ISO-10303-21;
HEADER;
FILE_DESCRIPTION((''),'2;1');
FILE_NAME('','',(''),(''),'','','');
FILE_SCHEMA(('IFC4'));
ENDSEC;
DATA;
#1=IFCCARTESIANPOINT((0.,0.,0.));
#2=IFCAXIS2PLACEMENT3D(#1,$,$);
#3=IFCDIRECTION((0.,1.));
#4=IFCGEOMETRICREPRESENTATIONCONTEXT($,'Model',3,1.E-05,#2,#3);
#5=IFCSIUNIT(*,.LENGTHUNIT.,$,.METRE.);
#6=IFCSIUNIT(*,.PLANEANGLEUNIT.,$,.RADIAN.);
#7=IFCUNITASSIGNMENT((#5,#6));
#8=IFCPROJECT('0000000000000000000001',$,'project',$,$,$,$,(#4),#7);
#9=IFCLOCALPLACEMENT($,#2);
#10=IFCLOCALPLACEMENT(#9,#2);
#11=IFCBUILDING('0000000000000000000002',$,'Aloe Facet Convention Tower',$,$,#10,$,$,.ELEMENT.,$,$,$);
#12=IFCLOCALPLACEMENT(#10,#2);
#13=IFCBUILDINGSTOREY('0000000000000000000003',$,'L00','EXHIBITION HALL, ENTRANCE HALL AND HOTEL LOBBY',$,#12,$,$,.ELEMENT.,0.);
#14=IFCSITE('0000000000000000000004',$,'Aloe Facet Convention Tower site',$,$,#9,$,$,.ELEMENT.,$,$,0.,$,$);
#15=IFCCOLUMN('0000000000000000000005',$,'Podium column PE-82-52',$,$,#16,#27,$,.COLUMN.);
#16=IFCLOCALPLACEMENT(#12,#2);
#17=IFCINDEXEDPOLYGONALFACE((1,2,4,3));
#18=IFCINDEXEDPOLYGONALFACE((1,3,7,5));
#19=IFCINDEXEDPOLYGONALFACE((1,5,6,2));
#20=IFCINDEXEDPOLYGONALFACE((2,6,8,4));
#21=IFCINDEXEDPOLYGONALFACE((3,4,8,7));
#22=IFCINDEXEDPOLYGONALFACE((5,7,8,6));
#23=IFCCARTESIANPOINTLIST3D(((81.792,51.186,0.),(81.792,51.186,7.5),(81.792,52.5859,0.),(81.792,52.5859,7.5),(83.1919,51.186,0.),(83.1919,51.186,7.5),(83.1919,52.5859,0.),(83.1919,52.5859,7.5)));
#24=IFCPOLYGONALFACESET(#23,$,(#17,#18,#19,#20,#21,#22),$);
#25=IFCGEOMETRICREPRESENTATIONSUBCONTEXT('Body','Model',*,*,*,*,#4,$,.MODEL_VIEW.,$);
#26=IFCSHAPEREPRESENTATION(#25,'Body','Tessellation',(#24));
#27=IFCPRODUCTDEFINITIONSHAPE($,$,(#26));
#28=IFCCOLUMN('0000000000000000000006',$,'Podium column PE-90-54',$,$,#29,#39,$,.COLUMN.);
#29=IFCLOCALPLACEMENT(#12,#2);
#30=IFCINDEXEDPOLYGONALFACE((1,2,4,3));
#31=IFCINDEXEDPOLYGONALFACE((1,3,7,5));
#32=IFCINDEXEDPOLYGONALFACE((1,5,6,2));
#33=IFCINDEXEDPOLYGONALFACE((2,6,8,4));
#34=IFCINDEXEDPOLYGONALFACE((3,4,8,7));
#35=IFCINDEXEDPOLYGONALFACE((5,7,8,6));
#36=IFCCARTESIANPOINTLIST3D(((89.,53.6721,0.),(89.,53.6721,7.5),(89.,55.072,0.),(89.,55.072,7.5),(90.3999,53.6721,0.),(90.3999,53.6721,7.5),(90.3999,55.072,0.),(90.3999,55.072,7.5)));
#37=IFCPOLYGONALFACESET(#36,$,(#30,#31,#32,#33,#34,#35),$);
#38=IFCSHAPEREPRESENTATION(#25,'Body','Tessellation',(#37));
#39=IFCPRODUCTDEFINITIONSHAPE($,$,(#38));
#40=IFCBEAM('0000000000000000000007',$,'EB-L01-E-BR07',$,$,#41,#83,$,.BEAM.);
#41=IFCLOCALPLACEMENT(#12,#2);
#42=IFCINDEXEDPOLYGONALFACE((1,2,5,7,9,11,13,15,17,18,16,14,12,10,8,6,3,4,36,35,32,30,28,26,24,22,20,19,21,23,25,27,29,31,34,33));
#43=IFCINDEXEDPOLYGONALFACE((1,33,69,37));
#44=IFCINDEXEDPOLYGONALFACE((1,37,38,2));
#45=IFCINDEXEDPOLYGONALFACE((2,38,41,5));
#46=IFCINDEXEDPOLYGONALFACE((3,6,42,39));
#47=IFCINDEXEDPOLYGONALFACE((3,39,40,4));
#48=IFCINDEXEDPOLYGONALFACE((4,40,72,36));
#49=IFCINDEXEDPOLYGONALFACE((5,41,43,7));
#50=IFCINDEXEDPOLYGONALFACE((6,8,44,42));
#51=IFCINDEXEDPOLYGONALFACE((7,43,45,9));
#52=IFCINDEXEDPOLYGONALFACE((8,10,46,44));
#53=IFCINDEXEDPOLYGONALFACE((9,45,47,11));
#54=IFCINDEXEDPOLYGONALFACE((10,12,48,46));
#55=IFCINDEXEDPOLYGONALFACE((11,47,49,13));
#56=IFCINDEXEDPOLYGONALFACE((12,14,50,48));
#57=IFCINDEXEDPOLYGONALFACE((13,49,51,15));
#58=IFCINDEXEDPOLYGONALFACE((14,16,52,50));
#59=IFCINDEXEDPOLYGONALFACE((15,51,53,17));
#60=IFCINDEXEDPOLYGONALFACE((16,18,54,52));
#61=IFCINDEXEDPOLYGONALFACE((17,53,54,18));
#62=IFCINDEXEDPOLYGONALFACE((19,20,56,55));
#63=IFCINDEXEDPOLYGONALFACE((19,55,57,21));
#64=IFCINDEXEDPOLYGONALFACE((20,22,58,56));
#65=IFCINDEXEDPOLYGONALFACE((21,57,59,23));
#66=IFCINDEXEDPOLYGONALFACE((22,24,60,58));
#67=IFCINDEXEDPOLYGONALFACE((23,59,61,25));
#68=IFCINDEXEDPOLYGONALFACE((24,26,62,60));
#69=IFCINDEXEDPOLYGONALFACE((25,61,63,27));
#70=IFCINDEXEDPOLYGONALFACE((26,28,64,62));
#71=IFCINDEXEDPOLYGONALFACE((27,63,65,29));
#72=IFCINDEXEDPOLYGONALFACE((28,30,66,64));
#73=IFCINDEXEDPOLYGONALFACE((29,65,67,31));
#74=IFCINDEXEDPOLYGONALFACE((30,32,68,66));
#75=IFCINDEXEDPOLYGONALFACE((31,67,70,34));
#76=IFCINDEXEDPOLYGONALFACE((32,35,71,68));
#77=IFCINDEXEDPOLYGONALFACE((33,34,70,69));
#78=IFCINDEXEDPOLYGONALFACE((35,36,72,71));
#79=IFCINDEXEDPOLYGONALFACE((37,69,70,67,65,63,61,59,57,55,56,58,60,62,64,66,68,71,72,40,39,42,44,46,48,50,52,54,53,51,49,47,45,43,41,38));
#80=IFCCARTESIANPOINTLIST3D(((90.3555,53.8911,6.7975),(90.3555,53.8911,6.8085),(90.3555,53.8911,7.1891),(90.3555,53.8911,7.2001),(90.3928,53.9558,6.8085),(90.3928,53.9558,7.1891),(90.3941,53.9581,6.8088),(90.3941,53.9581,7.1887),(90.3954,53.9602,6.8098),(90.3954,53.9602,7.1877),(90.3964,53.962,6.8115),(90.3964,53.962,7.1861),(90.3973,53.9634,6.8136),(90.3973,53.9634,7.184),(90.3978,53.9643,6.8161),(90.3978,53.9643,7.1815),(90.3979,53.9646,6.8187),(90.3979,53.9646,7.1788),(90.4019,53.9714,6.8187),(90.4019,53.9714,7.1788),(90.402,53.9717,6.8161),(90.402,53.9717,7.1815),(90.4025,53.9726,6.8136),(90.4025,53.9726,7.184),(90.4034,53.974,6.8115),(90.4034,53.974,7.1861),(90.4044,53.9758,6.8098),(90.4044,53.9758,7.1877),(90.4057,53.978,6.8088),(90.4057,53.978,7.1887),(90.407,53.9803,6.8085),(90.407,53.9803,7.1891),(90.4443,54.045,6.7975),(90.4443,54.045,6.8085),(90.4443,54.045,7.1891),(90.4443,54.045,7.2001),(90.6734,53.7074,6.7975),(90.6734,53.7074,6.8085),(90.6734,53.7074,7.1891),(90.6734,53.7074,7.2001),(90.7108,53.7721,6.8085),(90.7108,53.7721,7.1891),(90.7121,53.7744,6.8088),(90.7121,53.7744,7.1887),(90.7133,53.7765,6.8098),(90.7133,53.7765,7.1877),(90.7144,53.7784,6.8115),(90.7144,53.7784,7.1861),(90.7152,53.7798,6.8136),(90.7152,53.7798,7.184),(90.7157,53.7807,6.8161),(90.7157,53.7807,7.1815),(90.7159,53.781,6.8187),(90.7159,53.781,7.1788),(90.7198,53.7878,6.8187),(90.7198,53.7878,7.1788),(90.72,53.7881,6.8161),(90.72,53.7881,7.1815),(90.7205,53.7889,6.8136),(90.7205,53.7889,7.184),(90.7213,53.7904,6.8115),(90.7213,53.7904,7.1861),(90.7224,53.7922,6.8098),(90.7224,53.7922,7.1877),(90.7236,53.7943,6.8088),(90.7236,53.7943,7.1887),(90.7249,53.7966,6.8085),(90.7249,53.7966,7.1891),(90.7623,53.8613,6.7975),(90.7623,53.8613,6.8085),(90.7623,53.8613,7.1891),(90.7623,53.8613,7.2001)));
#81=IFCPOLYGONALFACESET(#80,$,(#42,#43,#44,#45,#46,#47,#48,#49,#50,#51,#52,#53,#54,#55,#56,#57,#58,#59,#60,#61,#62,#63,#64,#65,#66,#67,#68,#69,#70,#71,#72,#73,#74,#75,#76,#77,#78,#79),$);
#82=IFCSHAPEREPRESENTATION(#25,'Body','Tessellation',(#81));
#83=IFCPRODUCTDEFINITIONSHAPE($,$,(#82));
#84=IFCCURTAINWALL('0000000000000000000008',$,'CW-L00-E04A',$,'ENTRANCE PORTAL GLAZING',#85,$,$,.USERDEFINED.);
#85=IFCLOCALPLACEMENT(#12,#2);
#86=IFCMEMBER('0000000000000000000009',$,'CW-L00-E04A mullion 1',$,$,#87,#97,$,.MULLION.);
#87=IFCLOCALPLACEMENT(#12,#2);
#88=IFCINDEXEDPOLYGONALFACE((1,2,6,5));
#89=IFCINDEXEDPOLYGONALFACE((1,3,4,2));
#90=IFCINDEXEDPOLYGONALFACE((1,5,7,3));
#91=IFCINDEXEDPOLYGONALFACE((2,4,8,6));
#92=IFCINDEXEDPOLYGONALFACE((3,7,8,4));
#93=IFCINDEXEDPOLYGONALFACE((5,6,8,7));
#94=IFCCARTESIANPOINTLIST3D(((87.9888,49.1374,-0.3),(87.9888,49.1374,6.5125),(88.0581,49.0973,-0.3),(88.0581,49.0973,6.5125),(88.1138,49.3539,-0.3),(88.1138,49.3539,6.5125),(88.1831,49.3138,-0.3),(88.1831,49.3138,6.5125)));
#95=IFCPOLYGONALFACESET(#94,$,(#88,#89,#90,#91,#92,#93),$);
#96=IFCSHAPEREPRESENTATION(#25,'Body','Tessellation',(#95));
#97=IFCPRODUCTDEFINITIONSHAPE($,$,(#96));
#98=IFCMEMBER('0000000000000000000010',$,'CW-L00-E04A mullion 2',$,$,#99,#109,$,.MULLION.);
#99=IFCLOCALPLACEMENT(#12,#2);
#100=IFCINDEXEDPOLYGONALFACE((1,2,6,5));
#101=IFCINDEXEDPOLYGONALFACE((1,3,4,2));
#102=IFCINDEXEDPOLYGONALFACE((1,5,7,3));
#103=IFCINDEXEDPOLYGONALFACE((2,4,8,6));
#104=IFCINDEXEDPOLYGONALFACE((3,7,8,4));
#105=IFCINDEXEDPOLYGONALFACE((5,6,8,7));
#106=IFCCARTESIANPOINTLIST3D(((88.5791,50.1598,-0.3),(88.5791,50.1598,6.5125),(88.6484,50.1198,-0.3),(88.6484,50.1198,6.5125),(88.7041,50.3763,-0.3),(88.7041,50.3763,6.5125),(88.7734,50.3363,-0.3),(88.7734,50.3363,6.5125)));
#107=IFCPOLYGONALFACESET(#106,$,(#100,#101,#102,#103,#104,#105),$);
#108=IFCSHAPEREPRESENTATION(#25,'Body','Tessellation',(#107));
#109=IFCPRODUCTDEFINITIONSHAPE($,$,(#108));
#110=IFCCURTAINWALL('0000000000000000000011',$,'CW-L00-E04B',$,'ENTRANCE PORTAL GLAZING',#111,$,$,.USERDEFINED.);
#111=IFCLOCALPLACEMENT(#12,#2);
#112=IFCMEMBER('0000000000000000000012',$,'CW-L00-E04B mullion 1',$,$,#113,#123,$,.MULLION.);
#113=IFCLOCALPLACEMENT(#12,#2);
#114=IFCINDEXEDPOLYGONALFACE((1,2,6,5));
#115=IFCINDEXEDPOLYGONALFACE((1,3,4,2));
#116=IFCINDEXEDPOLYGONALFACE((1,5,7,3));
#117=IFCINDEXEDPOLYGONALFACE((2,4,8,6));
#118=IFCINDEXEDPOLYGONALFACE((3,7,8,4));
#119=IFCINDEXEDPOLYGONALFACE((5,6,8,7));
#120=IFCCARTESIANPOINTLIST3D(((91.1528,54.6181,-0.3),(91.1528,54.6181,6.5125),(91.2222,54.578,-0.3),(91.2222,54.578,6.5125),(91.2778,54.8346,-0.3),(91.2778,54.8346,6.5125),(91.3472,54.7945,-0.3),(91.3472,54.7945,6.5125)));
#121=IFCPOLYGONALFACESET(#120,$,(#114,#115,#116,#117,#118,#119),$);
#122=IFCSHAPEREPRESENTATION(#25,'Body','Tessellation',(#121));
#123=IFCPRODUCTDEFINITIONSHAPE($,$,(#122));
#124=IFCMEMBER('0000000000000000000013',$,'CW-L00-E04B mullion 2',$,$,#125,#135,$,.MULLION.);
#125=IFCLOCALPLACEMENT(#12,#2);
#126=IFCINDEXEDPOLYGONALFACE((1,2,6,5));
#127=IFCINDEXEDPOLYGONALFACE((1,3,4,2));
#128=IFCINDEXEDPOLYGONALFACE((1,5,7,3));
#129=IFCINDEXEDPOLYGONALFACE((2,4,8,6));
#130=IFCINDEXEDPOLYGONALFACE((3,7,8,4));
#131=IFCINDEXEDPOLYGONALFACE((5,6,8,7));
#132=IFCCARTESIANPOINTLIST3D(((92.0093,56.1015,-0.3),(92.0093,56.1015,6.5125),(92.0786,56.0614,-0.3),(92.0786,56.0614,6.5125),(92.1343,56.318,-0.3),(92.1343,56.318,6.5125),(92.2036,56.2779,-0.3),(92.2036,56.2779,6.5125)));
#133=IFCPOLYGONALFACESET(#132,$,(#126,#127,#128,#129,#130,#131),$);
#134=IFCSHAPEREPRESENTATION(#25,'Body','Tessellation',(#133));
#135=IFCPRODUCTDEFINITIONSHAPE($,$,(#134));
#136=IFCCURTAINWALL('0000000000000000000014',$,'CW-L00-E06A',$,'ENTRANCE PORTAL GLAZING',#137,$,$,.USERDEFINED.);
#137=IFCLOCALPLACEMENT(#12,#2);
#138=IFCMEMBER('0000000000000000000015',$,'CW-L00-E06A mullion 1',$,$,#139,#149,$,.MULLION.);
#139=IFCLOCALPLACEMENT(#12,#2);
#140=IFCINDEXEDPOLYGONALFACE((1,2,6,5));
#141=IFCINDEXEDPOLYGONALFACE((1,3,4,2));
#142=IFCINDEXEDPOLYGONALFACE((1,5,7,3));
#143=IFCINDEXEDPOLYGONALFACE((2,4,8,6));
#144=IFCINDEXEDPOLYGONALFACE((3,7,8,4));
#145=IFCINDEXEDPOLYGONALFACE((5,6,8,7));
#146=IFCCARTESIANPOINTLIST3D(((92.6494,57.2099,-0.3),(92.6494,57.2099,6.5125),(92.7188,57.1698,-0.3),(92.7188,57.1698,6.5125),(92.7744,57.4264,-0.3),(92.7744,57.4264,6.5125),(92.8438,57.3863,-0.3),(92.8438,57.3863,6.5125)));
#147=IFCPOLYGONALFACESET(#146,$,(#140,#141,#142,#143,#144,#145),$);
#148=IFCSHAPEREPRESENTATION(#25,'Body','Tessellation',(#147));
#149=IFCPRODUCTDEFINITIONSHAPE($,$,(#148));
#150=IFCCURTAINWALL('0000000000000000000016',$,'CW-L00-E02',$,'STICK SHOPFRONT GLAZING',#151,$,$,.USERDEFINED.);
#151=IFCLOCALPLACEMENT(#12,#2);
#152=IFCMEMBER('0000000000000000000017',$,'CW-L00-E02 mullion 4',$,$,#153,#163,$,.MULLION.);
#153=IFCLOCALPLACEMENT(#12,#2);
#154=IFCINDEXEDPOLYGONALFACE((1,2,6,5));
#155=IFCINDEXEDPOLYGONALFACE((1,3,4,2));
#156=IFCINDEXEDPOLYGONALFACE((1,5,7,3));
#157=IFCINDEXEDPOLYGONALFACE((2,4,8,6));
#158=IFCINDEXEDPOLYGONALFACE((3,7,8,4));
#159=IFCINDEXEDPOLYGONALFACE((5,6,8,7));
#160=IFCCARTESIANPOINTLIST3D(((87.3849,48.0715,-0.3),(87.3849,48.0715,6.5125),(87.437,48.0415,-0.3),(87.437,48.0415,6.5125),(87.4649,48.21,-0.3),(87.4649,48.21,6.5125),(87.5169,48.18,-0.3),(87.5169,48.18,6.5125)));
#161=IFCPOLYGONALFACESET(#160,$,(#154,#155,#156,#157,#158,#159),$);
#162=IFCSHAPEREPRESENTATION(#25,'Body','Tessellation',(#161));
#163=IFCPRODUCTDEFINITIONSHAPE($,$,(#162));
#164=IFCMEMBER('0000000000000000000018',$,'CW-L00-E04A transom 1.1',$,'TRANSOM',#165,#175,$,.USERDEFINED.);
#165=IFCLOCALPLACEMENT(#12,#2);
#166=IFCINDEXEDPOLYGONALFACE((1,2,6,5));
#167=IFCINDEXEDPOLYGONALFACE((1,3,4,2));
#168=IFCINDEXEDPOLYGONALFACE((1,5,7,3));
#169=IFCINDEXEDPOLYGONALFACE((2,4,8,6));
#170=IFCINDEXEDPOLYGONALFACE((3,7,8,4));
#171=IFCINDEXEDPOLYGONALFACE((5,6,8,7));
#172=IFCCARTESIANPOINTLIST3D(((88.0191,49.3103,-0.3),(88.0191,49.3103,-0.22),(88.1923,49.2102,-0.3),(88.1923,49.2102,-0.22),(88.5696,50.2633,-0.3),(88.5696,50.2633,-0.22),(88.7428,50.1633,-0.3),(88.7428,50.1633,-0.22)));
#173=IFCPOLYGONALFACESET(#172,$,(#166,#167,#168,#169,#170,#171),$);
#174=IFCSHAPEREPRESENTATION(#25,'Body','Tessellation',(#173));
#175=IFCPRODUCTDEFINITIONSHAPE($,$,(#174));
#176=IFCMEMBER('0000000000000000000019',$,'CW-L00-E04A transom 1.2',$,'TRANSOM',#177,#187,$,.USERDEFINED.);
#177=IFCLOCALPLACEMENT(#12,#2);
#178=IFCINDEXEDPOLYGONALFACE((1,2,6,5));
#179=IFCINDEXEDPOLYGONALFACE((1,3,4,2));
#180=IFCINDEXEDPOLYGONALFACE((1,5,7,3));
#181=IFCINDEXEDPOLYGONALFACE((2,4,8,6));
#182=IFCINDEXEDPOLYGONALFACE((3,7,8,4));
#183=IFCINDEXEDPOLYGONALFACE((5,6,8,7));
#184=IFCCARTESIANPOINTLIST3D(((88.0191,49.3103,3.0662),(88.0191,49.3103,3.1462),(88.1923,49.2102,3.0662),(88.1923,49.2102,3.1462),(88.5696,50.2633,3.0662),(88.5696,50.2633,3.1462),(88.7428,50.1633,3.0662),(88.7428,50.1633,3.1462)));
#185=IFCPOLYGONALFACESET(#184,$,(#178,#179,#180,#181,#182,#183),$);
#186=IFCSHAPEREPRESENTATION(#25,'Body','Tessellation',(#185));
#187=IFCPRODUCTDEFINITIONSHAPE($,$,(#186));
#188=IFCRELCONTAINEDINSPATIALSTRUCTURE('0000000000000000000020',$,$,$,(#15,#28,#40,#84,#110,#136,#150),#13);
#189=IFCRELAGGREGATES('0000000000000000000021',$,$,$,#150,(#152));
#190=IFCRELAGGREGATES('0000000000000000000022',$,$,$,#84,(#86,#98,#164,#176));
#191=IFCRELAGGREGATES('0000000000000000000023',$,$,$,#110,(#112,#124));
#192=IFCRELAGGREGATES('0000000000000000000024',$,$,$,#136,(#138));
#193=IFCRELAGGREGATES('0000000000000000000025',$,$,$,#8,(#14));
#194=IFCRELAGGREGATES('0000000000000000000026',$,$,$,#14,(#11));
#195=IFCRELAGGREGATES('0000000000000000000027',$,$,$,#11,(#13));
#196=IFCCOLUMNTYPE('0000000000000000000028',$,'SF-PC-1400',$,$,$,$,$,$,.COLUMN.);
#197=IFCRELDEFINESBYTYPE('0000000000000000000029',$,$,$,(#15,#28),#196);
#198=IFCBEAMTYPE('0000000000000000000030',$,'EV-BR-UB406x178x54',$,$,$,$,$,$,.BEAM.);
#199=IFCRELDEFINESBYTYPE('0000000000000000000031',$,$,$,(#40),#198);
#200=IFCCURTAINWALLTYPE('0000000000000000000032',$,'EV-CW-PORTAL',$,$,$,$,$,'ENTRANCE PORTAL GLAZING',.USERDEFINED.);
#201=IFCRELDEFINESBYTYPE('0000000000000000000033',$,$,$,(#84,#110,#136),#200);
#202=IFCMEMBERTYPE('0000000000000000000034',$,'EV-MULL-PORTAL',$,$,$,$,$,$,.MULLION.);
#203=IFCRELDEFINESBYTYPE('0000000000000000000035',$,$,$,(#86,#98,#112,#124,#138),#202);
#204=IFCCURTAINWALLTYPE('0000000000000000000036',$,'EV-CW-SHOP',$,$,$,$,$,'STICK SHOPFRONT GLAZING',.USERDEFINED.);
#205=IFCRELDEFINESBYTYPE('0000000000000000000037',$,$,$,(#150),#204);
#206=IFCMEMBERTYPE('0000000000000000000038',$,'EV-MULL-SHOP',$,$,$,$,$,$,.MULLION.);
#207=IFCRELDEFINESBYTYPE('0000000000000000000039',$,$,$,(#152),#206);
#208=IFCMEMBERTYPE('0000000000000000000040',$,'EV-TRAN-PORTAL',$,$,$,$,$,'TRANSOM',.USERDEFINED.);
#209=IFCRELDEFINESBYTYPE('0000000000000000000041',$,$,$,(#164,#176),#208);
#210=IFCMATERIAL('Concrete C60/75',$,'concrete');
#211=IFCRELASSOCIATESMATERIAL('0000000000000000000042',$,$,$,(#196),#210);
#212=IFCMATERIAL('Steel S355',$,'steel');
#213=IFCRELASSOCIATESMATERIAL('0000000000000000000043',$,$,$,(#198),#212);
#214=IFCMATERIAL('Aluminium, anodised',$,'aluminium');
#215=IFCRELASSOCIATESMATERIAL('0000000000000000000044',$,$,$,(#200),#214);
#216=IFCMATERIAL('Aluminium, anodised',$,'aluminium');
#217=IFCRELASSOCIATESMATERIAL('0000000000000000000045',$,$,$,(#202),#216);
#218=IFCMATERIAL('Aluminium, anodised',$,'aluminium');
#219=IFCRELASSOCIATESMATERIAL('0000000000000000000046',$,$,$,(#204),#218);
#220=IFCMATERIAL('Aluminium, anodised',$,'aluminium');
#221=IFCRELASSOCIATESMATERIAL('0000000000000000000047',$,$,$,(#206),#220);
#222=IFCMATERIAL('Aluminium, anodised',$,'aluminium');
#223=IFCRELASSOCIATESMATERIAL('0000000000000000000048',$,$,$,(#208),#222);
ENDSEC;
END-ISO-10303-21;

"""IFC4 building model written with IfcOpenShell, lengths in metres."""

from ifc_helpers import new_model, si_unit, direction, frame, origin, origin_2d, place, context, subcontext, project, spatial, rectangle, i_section, extrude, material, material_profile, profile_set, type_object, element, aggregate, save


model = new_model("IFC4")

# Units and contexts
model_context = context("Model", 3, precision=1e-05, world=origin(), true_north=direction((0.0, 1.0)))
body_context = subcontext(model_context, "Body", "Model", "MODEL_VIEW")
ifc_project = project(units=[si_unit("LENGTHUNIT", "METRE"), si_unit("PLANEANGLEUNIT", "RADIAN")], contexts=[model_context])

# Site, building, storey
site_placement = place(None, origin())
site = spatial("IfcSite", under=ifc_project, at=site_placement, Name="Aloe Facet Convention Tower site", CompositionType="ELEMENT", RefElevation=0.0)
building_placement = place(site_placement, origin())
building = spatial("IfcBuilding", under=site, at=building_placement, Name="Aloe Facet Convention Tower", CompositionType="ELEMENT")
storey_placement = place(building_placement, origin())
storey = spatial("IfcBuildingStorey", under=building, at=storey_placement, Name="L00", Description="EXHIBITION HALL, ENTRANCE HALL AND HOTEL LOBBY", CompositionType="ELEMENT", Elevation=0.0)

# Columns
ifc_material_1 = material(Name="Concrete C60/75", Category="concrete")
ifc_material_profile_1 = material_profile(ifc_material_1, rectangle(XDim=1.3999, YDim=1.3999, at=origin_2d()), Name="SF-PC-1400")
ifc_profile_set_1 = profile_set([ifc_material_profile_1], Name="Concrete C60/75")
column_type = type_object("IfcColumnType", Name="SF-PC-1400", PredefinedType="COLUMN", material=ifc_profile_set_1)
for number, where, z_axis, x_axis, name in (
    (1, (82.4919, 51.886, 0.0), (0.0, 0.0, 1.0), (1.0, 0.0, 0.0), "Podium column PE-82-52"),
    (2, (89.7, 54.3721, 0.0), (0.0, 0.0, 1.0), (1.0, 0.0, 0.0), "Podium column PE-90-54"),
):
    element("IfcColumn", number, at=place(storey_placement, frame(where, z_axis=z_axis, x_axis=x_axis)), inside=storey, type_object=column_type, Name=name, PredefinedType="COLUMN", context=body_context, shape_type="SweptSolid", body=[
        extrude(rectangle(XDim=1.3999, YDim=1.3999, at=origin_2d()), origin(), (0.0, 0.0, 1.0), 7.5),
    ])

# Beam
ifc_material_2 = material(Name="Steel S355", Category="steel")
ifc_material_profile_2 = material_profile(ifc_material_2, i_section(OverallWidth=0.1777, OverallDepth=0.4026, WebThickness=0.0078, FlangeThickness=0.011, FilletRadius=0.0103, at=origin_2d()), Name="UB 406x178x54")
ifc_profile_set_2 = profile_set([ifc_material_profile_2], Name="Steel S355")
beam_type_1 = type_object("IfcBeamType", Name="EV-BR-UB406x178x54", PredefinedType="BEAM", material=ifc_profile_set_2)
beam_1_placement = place(storey_placement, frame((90.3999, 53.968, 6.9988), z_axis=(0.865942, -0.500145, 0.0), x_axis=(0.500145, 0.865942, 0.0)))
element("IfcBeam", 3, at=beam_1_placement, inside=storey, type_object=beam_type_1, Name="EB-L01-E-BR07", PredefinedType="BEAM", context=body_context, shape_type="SweptSolid", body=[
    extrude(i_section(OverallWidth=0.1777, OverallDepth=0.4026, WebThickness=0.0078, FlangeThickness=0.011, FilletRadius=0.0103, at=origin_2d()), origin(), (0.0, 0.0, 1.0), 0.3672),
])

# Curtain walls, members
ifc_material_3 = material(Name="Aluminium, anodised", Category="aluminium")
curtain_wall_type_1 = type_object("IfcCurtainWallType", Name="EV-CW-PORTAL", ElementType="ENTRANCE PORTAL GLAZING", PredefinedType="USERDEFINED", material=ifc_material_3)
curtain_wall_1_placement = place(storey_placement, origin())
curtain_wall_1 = element("IfcCurtainWall", 4, at=curtain_wall_1_placement, inside=storey, type_object=curtain_wall_type_1, Name="CW-L00-E04A", ObjectType="ENTRANCE PORTAL GLAZING", PredefinedType="USERDEFINED")
ifc_material_4 = material(Name="Aluminium, anodised", Category="aluminium")
ifc_material_profile_3 = material_profile(ifc_material_4, rectangle(XDim=0.0801, YDim=0.25, at=origin_2d()), Name="AL 80x250")
ifc_profile_set_3 = profile_set([ifc_material_profile_3], Name="Aluminium, anodised")
member_type_1 = type_object("IfcMemberType", Name="EV-MULL-PORTAL", PredefinedType="MULLION", material=ifc_profile_set_3)
member_1_placement = place(storey_placement, frame((88.0859, 49.2256, -0.3), z_axis=(0.0, 0.0, 1.0), x_axis=(-0.866025, 0.5, 0.0)))
member_1 = element("IfcMember", 5, at=member_1_placement, type_object=member_type_1, Name="CW-L00-E04A mullion 1", PredefinedType="MULLION", context=body_context, shape_type="SweptSolid", body=[
    extrude(rectangle(XDim=0.0801, YDim=0.25, at=origin_2d()), origin(), (0.0, 0.0, 1.0), 6.8125),
])
member_2_placement = place(storey_placement, frame((88.6763, 50.248, -0.3), z_axis=(0.0, 0.0, 1.0), x_axis=(-0.866025, 0.5, 0.0)))
member_2 = element("IfcMember", 6, at=member_2_placement, type_object=member_type_1, Name="CW-L00-E04A mullion 2", PredefinedType="MULLION", context=body_context, shape_type="SweptSolid", body=[
    extrude(rectangle(XDim=0.0801, YDim=0.25, at=origin_2d()), origin(), (0.0, 0.0, 1.0), 6.8125),
])
curtain_wall_2_placement = place(storey_placement, origin())
curtain_wall_2 = element("IfcCurtainWall", 7, at=curtain_wall_2_placement, inside=storey, type_object=curtain_wall_type_1, Name="CW-L00-E04B", ObjectType="ENTRANCE PORTAL GLAZING", PredefinedType="USERDEFINED")
member_3_placement = place(storey_placement, frame((91.25, 54.7063, -0.3), z_axis=(0.0, 0.0, 1.0), x_axis=(-0.866025, 0.5, 0.0)))
member_3 = element("IfcMember", 8, at=member_3_placement, type_object=member_type_1, Name="CW-L00-E04B mullion 1", PredefinedType="MULLION", context=body_context, shape_type="SweptSolid", body=[
    extrude(rectangle(XDim=0.0801, YDim=0.25, at=origin_2d()), origin(), (0.0, 0.0, 1.0), 6.8125),
])
member_4_placement = place(storey_placement, frame((92.1064, 56.1897, -0.3), z_axis=(0.0, 0.0, 1.0), x_axis=(-0.866025, 0.5, 0.0)))
member_4 = element("IfcMember", 9, at=member_4_placement, type_object=member_type_1, Name="CW-L00-E04B mullion 2", PredefinedType="MULLION", context=body_context, shape_type="SweptSolid", body=[
    extrude(rectangle(XDim=0.0801, YDim=0.25, at=origin_2d()), origin(), (0.0, 0.0, 1.0), 6.8125),
])

# Curtain walls, members
curtain_wall_3_placement = place(storey_placement, origin())
curtain_wall_3 = element("IfcCurtainWall", 10, at=curtain_wall_3_placement, inside=storey, type_object=curtain_wall_type_1, Name="CW-L00-E06A", ObjectType="ENTRANCE PORTAL GLAZING", PredefinedType="USERDEFINED")
member_5_placement = place(storey_placement, frame((92.7466, 57.2981, -0.3), z_axis=(0.0, 0.0, 1.0), x_axis=(-0.866025, 0.5, 0.0)))
member_5 = element("IfcMember", 11, at=member_5_placement, type_object=member_type_1, Name="CW-L00-E06A mullion 1", PredefinedType="MULLION", context=body_context, shape_type="SweptSolid", body=[
    extrude(rectangle(XDim=0.0801, YDim=0.25, at=origin_2d()), origin(), (0.0, 0.0, 1.0), 6.8125),
])
ifc_material_5 = material(Name="Aluminium, anodised", Category="aluminium")
curtain_wall_type_2 = type_object("IfcCurtainWallType", Name="EV-CW-SHOP", ElementType="STICK SHOPFRONT GLAZING", PredefinedType="USERDEFINED", material=ifc_material_5)
curtain_wall_4_placement = place(storey_placement, origin())
curtain_wall_4 = element("IfcCurtainWall", 12, at=curtain_wall_4_placement, inside=storey, type_object=curtain_wall_type_2, Name="CW-L00-E02", ObjectType="STICK SHOPFRONT GLAZING", PredefinedType="USERDEFINED")
ifc_material_6 = material(Name="Aluminium, anodised", Category="aluminium")
ifc_material_profile_4 = material_profile(ifc_material_6, rectangle(XDim=0.0601, YDim=0.1599, at=origin_2d()), Name="AL 60x160")
ifc_profile_set_4 = profile_set([ifc_material_profile_4], Name="Aluminium, anodised")
member_type_2 = type_object("IfcMemberType", Name="EV-MULL-SHOP", PredefinedType="MULLION", material=ifc_profile_set_4)
member_6_placement = place(storey_placement, frame((87.4509, 48.1257, -0.3), z_axis=(0.0, 0.0, 1.0), x_axis=(-0.866025, 0.5, 0.0)))
member_6 = element("IfcMember", 13, at=member_6_placement, type_object=member_type_2, Name="CW-L00-E02 mullion 4", PredefinedType="MULLION", context=body_context, shape_type="SweptSolid", body=[
    extrude(rectangle(XDim=0.0601, YDim=0.1599, at=origin_2d()), origin(), (0.0, 0.0, 1.0), 6.8125),
])
aggregate(curtain_wall_4, [member_6])

# Members
ifc_material_7 = material(Name="Aluminium, anodised", Category="aluminium")
ifc_material_profile_5 = material_profile(ifc_material_7, rectangle(XDim=0.2, YDim=0.0801, at=origin_2d()), Name="AL 200x80")
ifc_profile_set_5 = profile_set([ifc_material_profile_5], Name="Aluminium, anodised")
member_type_3 = type_object("IfcMemberType", Name="EV-TRAN-PORTAL", ElementType="TRANSOM", PredefinedType="USERDEFINED", material=ifc_profile_set_5)
member_7_placement = place(storey_placement, frame((88.1057, 49.2603, -0.26), z_axis=(0.50017, 0.865927, 0.0), x_axis=(-0.865927, 0.50017, 0.0)))
member_7 = element("IfcMember", 14, at=member_7_placement, type_object=member_type_3, Name="CW-L00-E04A transom 1.1", ObjectType="TRANSOM", PredefinedType="USERDEFINED", context=body_context, shape_type="SweptSolid", body=[
    extrude(rectangle(XDim=0.2, YDim=0.0801, at=origin_2d()), origin(), (0.0, 0.0, 1.0), 1.1006),
])
member_8_placement = place(storey_placement, frame((88.1057, 49.2603, 3.1062), z_axis=(0.50017, 0.865927, 0.0), x_axis=(-0.865927, 0.50017, 0.0)))
member_8 = element("IfcMember", 15, at=member_8_placement, type_object=member_type_3, Name="CW-L00-E04A transom 1.2", ObjectType="TRANSOM", PredefinedType="USERDEFINED", context=body_context, shape_type="SweptSolid", body=[
    extrude(rectangle(XDim=0.2, YDim=0.0801, at=origin_2d()), origin(), (0.0, 0.0, 1.0), 1.1006),
])

aggregate(curtain_wall_1, [member_1, member_2, member_7, member_8])
aggregate(curtain_wall_2, [member_3, member_4])
aggregate(curtain_wall_3, [member_5])

save(model, "model.ifc")
